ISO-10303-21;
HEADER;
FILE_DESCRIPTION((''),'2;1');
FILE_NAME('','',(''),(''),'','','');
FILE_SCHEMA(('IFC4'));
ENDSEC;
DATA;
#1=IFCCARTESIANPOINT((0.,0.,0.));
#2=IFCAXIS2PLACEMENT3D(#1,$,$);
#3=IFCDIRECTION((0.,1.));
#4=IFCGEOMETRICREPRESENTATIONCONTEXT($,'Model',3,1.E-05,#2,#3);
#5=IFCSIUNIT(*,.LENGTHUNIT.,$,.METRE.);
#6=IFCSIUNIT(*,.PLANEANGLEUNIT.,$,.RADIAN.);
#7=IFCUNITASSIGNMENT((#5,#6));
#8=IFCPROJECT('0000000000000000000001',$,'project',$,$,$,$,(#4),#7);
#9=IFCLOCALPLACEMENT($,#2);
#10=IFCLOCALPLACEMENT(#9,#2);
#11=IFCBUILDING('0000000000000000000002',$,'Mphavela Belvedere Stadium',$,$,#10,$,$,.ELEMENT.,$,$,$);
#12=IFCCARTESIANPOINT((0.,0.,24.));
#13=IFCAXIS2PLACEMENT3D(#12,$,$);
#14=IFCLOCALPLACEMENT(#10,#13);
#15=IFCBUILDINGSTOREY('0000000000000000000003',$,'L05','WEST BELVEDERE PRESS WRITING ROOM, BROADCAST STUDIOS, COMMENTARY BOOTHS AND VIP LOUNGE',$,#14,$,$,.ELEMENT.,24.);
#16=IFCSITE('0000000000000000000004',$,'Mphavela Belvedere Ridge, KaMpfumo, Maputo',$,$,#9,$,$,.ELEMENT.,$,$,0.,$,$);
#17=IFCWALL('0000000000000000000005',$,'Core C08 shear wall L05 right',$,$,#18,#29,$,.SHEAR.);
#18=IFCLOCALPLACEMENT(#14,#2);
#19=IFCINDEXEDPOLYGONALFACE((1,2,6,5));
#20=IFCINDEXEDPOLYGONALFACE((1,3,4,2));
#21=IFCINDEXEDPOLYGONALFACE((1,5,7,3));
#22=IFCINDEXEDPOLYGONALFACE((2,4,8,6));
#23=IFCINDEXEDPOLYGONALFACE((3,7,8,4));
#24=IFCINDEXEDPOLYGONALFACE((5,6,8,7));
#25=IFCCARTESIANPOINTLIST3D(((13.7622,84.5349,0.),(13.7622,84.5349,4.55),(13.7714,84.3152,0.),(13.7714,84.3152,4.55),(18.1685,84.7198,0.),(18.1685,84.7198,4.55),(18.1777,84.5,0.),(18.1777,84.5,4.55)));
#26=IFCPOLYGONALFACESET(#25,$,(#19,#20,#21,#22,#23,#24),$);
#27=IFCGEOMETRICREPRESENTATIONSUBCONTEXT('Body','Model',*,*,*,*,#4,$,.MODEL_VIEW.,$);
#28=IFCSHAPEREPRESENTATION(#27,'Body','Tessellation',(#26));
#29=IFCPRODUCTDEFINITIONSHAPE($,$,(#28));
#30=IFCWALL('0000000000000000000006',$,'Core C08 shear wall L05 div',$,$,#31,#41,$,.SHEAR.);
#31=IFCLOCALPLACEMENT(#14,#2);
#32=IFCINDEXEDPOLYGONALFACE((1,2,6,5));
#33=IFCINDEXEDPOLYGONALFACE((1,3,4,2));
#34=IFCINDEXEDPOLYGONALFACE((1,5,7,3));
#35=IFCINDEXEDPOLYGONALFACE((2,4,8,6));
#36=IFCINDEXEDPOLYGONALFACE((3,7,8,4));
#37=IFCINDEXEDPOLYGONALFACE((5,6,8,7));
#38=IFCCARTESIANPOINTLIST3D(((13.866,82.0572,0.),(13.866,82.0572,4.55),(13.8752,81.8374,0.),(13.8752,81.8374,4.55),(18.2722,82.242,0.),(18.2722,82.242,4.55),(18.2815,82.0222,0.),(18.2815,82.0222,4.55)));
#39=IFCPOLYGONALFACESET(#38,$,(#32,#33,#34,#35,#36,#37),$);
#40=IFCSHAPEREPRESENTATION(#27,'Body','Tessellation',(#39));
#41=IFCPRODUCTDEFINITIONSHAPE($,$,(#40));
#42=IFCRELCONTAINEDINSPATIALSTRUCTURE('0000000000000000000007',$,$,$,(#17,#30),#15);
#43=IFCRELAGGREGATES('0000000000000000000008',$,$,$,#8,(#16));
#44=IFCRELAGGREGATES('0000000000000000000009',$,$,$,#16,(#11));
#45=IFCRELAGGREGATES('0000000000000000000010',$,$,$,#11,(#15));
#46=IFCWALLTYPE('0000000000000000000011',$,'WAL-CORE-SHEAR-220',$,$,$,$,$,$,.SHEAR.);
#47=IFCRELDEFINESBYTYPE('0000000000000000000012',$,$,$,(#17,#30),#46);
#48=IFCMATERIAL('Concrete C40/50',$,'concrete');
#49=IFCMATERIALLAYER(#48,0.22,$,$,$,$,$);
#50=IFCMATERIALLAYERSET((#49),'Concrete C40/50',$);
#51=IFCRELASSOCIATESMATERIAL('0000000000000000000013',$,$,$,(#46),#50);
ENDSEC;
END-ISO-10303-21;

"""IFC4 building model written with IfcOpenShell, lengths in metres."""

from ifc_helpers import new_model, si_unit, direction, frame, frame_2d, origin, place, context, subcontext, project, spatial, rectangle, extrude, material, layer, layer_set, type_object, element, save


model = new_model("IFC4")

# Units and contexts
model_context = context("Model", 3, precision=1e-05, world=origin(), true_north=direction((0.0, 1.0)))
body_context = subcontext(model_context, "Body", "Model", "MODEL_VIEW")
ifc_project = project(units=[si_unit("LENGTHUNIT", "METRE"), si_unit("PLANEANGLEUNIT", "RADIAN")], contexts=[model_context])

# Site, building, storey
site_placement = place(None, origin())
site = spatial("IfcSite", under=ifc_project, at=site_placement, Name="Mphavela Belvedere Ridge, KaMpfumo, Maputo", CompositionType="ELEMENT", RefElevation=0.0)
building_placement = place(site_placement, origin())
building = spatial("IfcBuilding", under=site, at=building_placement, Name="Mphavela Belvedere Stadium", CompositionType="ELEMENT")
storey_placement = place(building_placement, frame((0.0, 0.0, 24.0)))
storey = spatial("IfcBuildingStorey", under=building, at=storey_placement, Name="L05", Description="WEST BELVEDERE PRESS WRITING ROOM, BROADCAST STUDIOS, COMMENTARY BOOTHS AND VIP LOUNGE", CompositionType="ELEMENT", Elevation=24.0)

# Walls
ifc_material_1 = material(Name="Concrete C40/50", Category="concrete")
ifc_layer_1 = layer(ifc_material_1, 0.22)
ifc_layer_set_1 = layer_set([ifc_layer_1], Name="Concrete C40/50")
wall_type = type_object("IfcWallType", Name="WAL-CORE-SHEAR-220", PredefinedType="SHEAR", material=ifc_layer_set_1)
for number, where, z_axis, x_axis, name in (
    (1, (18.1731, 84.6099, 0.0), (0.0, 0.0, 1.0), (-0.999122, -0.041907, 0.0), "Core C08 shear wall L05 right"),
    (2, (18.2769, 82.1321, 0.0), (0.0, 0.0, 1.0), (-0.999122, -0.041907, 0.0), "Core C08 shear wall L05 div"),
):
    element("IfcWall", number, at=place(storey_placement, frame(where, z_axis=z_axis, x_axis=x_axis)), inside=storey, type_object=wall_type, Name=name, PredefinedType="SHEAR", context=body_context, shape_type="SweptSolid", body=[
        extrude(rectangle(XDim=4.4102, YDim=0.22, at=frame_2d((2.2051, 0.0))), origin(), (0.0, 0.0, 1.0), 4.55),
    ])

save(model, "model.ifc")
